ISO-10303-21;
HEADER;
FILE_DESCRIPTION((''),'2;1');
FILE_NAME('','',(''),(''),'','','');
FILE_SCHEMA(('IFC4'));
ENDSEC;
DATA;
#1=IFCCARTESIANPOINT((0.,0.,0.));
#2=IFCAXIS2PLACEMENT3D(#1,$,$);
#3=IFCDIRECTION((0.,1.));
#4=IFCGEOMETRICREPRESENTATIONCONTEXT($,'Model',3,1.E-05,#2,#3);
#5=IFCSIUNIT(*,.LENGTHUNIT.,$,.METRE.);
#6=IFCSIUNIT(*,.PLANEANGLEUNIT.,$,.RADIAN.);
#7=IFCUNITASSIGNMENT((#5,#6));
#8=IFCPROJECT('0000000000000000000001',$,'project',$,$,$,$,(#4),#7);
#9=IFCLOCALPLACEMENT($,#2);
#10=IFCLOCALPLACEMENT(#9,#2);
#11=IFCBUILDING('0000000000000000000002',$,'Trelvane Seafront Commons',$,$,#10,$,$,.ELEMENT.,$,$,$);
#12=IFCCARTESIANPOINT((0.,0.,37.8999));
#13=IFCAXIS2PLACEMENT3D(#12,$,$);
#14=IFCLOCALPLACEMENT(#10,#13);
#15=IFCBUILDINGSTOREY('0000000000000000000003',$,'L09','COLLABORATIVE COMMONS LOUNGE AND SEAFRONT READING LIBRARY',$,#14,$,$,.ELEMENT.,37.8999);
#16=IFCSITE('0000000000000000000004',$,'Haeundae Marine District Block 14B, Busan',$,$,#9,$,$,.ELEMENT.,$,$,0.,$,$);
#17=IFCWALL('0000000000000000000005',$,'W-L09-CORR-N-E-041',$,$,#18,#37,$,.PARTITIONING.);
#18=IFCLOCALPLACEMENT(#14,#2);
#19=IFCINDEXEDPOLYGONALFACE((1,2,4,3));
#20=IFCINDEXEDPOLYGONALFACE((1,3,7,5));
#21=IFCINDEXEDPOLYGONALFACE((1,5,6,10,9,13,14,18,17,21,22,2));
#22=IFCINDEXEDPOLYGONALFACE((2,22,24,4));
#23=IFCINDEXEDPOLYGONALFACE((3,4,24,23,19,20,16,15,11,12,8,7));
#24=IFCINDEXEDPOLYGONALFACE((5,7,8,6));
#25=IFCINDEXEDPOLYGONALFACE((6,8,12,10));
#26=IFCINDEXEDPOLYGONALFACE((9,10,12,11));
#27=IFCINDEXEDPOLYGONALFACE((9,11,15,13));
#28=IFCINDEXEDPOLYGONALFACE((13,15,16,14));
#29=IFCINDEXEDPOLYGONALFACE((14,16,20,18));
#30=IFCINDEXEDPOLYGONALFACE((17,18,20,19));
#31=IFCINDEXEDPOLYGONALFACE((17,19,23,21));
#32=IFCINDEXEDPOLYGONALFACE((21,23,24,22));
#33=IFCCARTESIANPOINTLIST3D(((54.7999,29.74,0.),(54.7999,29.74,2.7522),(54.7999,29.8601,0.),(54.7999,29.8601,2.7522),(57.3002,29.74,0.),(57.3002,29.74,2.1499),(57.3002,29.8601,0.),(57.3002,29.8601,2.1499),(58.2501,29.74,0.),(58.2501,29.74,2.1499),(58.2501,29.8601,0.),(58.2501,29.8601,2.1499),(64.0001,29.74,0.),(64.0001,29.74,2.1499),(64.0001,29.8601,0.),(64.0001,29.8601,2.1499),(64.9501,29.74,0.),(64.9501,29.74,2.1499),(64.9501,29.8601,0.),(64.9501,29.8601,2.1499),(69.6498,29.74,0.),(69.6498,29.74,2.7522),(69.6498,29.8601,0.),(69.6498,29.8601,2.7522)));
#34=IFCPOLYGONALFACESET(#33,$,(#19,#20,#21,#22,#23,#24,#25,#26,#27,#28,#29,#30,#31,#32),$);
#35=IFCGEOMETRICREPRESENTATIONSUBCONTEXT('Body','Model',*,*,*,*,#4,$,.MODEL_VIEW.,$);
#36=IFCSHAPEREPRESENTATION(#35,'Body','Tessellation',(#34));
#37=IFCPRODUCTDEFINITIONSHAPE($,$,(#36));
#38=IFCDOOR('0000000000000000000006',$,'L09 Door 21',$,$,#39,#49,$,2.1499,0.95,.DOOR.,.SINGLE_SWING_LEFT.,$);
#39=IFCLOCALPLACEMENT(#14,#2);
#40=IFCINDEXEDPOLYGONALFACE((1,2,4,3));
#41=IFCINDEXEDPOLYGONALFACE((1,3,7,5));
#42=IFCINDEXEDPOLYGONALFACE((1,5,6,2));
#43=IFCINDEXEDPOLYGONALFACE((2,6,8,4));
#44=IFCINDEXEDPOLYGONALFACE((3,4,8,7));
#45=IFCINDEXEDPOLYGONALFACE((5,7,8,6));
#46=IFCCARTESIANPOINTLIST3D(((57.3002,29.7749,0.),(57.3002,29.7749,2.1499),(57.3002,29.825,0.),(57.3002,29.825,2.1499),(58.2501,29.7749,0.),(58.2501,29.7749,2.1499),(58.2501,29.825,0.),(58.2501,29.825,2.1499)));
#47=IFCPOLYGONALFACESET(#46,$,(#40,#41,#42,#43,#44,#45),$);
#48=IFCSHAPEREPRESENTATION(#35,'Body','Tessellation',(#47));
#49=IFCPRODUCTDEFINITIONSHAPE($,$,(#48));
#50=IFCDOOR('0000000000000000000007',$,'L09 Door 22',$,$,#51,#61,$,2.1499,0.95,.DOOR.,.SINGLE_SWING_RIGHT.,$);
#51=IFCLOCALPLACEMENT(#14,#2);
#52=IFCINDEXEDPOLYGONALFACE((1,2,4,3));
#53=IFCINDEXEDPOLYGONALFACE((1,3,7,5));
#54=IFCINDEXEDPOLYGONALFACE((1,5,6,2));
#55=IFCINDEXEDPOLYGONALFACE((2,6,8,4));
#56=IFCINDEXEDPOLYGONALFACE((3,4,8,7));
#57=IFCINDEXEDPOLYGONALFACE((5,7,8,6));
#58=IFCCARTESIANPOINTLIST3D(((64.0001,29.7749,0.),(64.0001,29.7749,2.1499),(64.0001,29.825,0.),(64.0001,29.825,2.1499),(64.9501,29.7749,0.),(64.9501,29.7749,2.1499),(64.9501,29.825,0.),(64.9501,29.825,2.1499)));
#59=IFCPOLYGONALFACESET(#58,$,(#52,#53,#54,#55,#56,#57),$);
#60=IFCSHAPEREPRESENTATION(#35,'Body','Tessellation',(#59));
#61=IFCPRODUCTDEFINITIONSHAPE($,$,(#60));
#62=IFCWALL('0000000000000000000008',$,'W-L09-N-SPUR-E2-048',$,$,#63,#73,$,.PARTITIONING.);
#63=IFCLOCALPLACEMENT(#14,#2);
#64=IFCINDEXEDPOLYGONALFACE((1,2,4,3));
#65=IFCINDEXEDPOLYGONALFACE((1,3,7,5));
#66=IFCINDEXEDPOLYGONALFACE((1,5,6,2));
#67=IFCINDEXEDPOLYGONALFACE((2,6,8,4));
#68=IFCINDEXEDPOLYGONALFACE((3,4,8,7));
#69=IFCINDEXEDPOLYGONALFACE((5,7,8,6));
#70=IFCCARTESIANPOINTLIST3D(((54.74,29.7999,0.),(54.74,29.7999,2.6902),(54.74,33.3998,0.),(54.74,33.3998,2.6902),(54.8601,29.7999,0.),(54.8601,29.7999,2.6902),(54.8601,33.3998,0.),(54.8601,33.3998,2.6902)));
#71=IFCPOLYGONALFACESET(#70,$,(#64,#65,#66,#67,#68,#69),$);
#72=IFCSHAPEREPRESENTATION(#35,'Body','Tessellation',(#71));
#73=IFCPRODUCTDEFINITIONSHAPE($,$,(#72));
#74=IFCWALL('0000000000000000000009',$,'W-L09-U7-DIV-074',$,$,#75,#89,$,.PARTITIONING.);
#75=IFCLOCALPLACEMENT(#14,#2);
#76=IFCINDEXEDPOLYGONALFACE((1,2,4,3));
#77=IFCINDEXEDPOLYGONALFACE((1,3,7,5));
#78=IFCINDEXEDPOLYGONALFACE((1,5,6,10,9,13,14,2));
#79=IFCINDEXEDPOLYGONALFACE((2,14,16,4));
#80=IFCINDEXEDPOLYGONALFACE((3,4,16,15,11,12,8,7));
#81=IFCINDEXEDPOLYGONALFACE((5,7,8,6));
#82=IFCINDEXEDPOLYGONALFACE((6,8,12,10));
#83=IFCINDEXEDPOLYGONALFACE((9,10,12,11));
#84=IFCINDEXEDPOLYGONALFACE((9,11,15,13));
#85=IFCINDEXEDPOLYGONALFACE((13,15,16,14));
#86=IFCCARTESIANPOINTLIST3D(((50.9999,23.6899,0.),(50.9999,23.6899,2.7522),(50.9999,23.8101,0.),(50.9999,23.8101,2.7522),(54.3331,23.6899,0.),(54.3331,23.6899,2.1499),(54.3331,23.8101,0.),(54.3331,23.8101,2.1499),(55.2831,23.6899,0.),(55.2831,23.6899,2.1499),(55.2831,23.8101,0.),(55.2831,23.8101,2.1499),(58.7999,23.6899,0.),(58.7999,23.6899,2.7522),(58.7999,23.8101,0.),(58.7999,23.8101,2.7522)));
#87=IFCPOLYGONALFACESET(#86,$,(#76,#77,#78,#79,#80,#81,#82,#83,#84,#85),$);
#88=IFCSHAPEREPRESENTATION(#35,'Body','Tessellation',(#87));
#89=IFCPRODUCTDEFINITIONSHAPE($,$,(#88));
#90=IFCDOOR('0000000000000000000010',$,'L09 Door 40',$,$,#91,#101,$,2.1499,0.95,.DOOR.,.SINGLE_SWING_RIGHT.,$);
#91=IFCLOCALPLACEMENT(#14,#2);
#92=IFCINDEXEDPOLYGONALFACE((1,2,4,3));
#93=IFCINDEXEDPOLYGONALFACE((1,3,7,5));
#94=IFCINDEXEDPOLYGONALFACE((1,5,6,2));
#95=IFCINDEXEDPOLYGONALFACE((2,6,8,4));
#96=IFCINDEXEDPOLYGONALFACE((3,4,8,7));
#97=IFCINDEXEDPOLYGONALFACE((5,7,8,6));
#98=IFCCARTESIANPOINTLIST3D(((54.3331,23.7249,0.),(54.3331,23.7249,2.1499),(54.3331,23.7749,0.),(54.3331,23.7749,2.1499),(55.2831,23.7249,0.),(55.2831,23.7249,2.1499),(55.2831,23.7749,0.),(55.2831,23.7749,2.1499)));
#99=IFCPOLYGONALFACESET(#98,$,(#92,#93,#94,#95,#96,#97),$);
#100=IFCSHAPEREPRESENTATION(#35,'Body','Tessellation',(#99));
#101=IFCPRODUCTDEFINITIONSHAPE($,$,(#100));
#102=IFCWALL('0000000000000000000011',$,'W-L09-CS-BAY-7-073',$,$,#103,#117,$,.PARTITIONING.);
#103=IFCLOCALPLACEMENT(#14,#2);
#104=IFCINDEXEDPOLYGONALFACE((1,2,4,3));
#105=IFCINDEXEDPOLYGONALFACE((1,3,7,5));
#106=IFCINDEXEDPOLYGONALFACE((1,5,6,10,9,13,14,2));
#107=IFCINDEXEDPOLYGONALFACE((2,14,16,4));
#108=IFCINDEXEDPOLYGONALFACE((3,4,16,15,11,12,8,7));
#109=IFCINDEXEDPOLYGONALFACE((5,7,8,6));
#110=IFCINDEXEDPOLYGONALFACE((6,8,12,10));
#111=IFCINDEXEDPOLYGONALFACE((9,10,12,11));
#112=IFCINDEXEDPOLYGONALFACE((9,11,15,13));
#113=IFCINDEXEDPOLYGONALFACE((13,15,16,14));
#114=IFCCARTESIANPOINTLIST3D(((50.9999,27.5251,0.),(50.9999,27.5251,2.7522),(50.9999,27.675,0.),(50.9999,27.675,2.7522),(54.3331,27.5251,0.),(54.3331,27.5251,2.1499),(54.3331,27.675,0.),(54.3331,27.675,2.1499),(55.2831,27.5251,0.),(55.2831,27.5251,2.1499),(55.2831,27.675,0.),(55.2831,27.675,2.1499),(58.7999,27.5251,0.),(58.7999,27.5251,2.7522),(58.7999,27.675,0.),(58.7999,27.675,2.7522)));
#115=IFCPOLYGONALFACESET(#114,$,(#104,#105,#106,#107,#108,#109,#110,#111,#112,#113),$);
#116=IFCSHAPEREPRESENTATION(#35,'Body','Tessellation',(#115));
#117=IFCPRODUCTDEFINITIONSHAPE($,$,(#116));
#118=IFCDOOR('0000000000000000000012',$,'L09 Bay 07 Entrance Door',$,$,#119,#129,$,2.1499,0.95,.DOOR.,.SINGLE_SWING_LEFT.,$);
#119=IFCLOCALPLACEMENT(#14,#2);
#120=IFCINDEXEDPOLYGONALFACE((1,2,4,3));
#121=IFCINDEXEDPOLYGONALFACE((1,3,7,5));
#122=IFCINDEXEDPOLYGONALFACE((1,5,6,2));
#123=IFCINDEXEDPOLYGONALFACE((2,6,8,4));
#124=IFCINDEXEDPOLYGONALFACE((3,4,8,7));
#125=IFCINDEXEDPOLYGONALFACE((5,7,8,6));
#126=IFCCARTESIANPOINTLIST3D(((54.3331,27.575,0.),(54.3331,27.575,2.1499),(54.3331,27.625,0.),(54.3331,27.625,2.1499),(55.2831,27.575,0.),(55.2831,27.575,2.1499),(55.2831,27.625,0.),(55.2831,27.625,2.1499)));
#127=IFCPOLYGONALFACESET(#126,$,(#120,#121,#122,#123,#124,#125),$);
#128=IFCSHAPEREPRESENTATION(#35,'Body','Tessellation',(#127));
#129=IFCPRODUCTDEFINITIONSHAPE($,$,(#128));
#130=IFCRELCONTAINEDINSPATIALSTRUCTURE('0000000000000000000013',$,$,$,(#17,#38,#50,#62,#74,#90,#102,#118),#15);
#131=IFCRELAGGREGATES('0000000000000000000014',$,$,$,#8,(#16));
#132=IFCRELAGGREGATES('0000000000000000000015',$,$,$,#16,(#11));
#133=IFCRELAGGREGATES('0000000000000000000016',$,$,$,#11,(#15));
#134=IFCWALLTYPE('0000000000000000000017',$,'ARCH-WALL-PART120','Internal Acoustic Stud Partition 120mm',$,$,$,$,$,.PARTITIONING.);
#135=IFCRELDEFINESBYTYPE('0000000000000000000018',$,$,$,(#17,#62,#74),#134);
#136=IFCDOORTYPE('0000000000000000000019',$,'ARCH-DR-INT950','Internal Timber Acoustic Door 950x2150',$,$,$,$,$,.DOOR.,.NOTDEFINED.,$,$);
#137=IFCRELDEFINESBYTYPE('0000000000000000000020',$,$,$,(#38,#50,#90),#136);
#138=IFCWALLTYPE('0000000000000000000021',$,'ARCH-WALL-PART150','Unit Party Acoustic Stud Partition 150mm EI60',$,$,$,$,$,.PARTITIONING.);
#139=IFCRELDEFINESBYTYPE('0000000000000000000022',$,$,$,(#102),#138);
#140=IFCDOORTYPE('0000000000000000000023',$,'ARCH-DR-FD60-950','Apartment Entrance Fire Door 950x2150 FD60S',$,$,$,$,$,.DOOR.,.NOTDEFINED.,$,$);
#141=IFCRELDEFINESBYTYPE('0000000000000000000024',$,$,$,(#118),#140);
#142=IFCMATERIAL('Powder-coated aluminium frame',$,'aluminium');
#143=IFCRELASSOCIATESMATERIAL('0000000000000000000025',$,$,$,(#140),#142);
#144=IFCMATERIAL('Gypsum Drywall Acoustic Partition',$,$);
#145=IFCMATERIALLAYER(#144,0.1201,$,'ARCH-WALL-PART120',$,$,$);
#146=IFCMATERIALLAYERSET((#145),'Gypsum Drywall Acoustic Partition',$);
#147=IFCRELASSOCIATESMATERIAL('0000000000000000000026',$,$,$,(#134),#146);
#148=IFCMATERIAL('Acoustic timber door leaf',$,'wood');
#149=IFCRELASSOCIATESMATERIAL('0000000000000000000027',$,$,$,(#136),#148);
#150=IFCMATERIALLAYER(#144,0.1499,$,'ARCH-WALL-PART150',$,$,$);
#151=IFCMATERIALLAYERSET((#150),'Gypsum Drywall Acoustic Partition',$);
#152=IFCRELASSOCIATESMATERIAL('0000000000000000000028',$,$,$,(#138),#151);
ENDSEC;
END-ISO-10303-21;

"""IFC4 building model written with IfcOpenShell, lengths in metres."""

from ifc_helpers import new_model, si_unit, direction, frame, frame_2d, origin, place, context, subcontext, project, spatial, rectangle, extrude, source, transform, mapped, material, layer, layer_set, type_object, element, fill, save


model = new_model("IFC4")

# Units and contexts
model_context = context("Model", 3, precision=1e-05, world=origin(), true_north=direction((0.0, 1.0)))
body_context = subcontext(model_context, "Body", "Model", "MODEL_VIEW")
ifc_project = project(units=[si_unit("LENGTHUNIT", "METRE"), si_unit("PLANEANGLEUNIT", "RADIAN")], contexts=[model_context])

# Site, building, storey
site_placement = place(None, origin())
site = spatial("IfcSite", under=ifc_project, at=site_placement, Name="Haeundae Marine District Block 14B, Busan", CompositionType="ELEMENT", RefElevation=0.0)
building_placement = place(site_placement, origin())
building = spatial("IfcBuilding", under=site, at=building_placement, Name="Trelvane Seafront Commons", CompositionType="ELEMENT")
storey_placement = place(building_placement, frame((0.0, 0.0, 37.8999)))
storey = spatial("IfcBuildingStorey", under=building, at=storey_placement, Name="L09", Description="COLLABORATIVE COMMONS LOUNGE AND SEAFRONT READING LIBRARY", CompositionType="ELEMENT", Elevation=37.8999)

# Shared definitions
ifc_material_1 = material(Name="Powder-coated aluminium frame", Category="aluminium")
door_type_1 = type_object("IfcDoorType", Name="ARCH-DR-FD60-950", Description="Apartment Entrance Fire Door 950x2150 FD60S", OperationType="NOTDEFINED", PredefinedType="DOOR", material=ifc_material_1)
shared_shape_1 = source(origin(), body_context, "Body", "SweptSolid", [
    extrude(rectangle(XDim=0.95, YDim=2.1499, at=frame_2d((0.4751, 1.075))), frame((0.0, 0.0249, 0.0), z_axis=(0.0, -1.0, 0.0), x_axis=(1.0, 0.0, 0.0)), (0.0, 0.0, 1.0), 0.05),
])

# Wall, openings, doors
ifc_material_2 = material(Name="Gypsum Drywall Acoustic Partition")
ifc_layer_1 = layer(ifc_material_2, 0.1201, Name="ARCH-WALL-PART120")
ifc_layer_set_1 = layer_set([ifc_layer_1], Name="Gypsum Drywall Acoustic Partition")
wall_type_1 = type_object("IfcWallType", Name="ARCH-WALL-PART120", Description="Internal Acoustic Stud Partition 120mm", PredefinedType="PARTITIONING", material=ifc_layer_set_1)
ifc_material_3 = material(Name="Acoustic timber door leaf", Category="wood")
door_type_2 = type_object("IfcDoorType", Name="ARCH-DR-INT950", Description="Internal Timber Acoustic Door 950x2150", OperationType="NOTDEFINED", PredefinedType="DOOR", material=ifc_material_3)
wall_1_placement = place(storey_placement, frame((54.8, 29.8, 0.0), z_axis=(0.0, 0.0, 1.0), x_axis=(1.0, 0.0, 0.0)))
wall_1 = element("IfcWall", 1, at=wall_1_placement, inside=storey, type_object=wall_type_1, Name="W-L09-CORR-N-E-041", PredefinedType="PARTITIONING", context=body_context, shape_type="SweptSolid", body=[
    extrude(rectangle(XDim=14.8499, YDim=0.1201, at=frame_2d((7.4248, 0.0))), origin(), (0.0, 0.0, 1.0), 2.7522),
])
opening_1_placement = place(wall_1_placement, frame((2.5, 0.0, 0.0)))
opening_1 = element("IfcOpeningElement", 2, at=opening_1_placement, cuts=wall_1, PredefinedType="OPENING", context=body_context, shape_type="SweptSolid", body=[
    extrude(rectangle(XDim=0.95, YDim=2.1499, at=frame_2d((0.4751, 1.075))), frame((0.0, 0.0701, 0.0), z_axis=(0.0, -1.0, 0.0), x_axis=(1.0, 0.0, 0.0)), (0.0, 0.0, 1.0), 0.1401),
])
opening_2_placement = place(wall_1_placement, frame((9.2, 0.0, 0.0)))
opening_2 = element("IfcOpeningElement", 3, at=opening_2_placement, cuts=wall_1, PredefinedType="OPENING", context=body_context, shape_type="SweptSolid", body=[
    extrude(rectangle(XDim=0.95, YDim=2.1499, at=frame_2d((0.4751, 1.075))), frame((0.0, 0.0701, 0.0), z_axis=(0.0, -1.0, 0.0), x_axis=(1.0, 0.0, 0.0)), (0.0, 0.0, 1.0), 0.1401),
])
door_1_placement = place(opening_1_placement, origin())
door_1 = element("IfcDoor", 4, at=door_1_placement, inside=storey, type_object=door_type_2, Name="L09 Door 21", OperationType="SINGLE_SWING_LEFT", OverallHeight=2.1499, OverallWidth=0.95, PredefinedType="DOOR", context=body_context, shape_type="MappedRepresentation", body=[
    mapped(shared_shape_1, transform((0.0, 0.0, 0.0), x_axis=(1.0, 0.0, 0.0), y_axis=(0.0, 1.0, 0.0), z_axis=(0.0, 0.0, 1.0), scale=1.0)),
])
fill(opening_1, door_1)
door_2_placement = place(opening_2_placement, origin())
door_2 = element("IfcDoor", 5, at=door_2_placement, inside=storey, type_object=door_type_2, Name="L09 Door 22", OperationType="SINGLE_SWING_RIGHT", OverallHeight=2.1499, OverallWidth=0.95, PredefinedType="DOOR", context=body_context, shape_type="MappedRepresentation", body=[
    mapped(shared_shape_1, transform((0.0, 0.0, 0.0), x_axis=(1.0, 0.0, 0.0), y_axis=(0.0, 1.0, 0.0), z_axis=(0.0, 0.0, 1.0), scale=1.0)),
])
fill(opening_2, door_2)

# Wall
wall_2_placement = place(storey_placement, frame((54.8, 29.8, 0.0), z_axis=(0.0, 0.0, 1.0), x_axis=(0.0, 1.0, 0.0)))
element("IfcWall", 6, at=wall_2_placement, inside=storey, type_object=wall_type_1, Name="W-L09-N-SPUR-E2-048", PredefinedType="PARTITIONING", context=body_context, shape_type="SweptSolid", body=[
    extrude(rectangle(XDim=3.5999, YDim=0.1201, at=frame_2d((1.7998, 0.0))), origin(), (0.0, 0.0, 1.0), 2.6902),
])

# Walls, openings, doors
wall_3_placement = place(storey_placement, frame((51.0, 23.75, 0.0), z_axis=(0.0, 0.0, 1.0), x_axis=(1.0, 0.0, 0.0)))
wall_3 = element("IfcWall", 7, at=wall_3_placement, inside=storey, type_object=wall_type_1, Name="W-L09-U7-DIV-074", PredefinedType="PARTITIONING", context=body_context, shape_type="SweptSolid", body=[
    extrude(rectangle(XDim=7.8, YDim=0.1201, at=frame_2d((3.8999, 0.0))), origin(), (0.0, 0.0, 1.0), 2.7522),
])
opening_3_placement = place(wall_3_placement, frame((3.333, 0.0, 0.0)))
opening_3 = element("IfcOpeningElement", 8, at=opening_3_placement, cuts=wall_3, PredefinedType="OPENING", context=body_context, shape_type="SweptSolid", body=[
    extrude(rectangle(XDim=0.95, YDim=2.1499, at=frame_2d((0.4751, 1.075))), frame((0.0, 0.0701, 0.0), z_axis=(0.0, -1.0, 0.0), x_axis=(1.0, 0.0, 0.0)), (0.0, 0.0, 1.0), 0.1401),
])
door_3_placement = place(opening_3_placement, origin())
door_3 = element("IfcDoor", 9, at=door_3_placement, inside=storey, type_object=door_type_2, Name="L09 Door 40", OperationType="SINGLE_SWING_RIGHT", OverallHeight=2.1499, OverallWidth=0.95, PredefinedType="DOOR", context=body_context, shape_type="MappedRepresentation", body=[
    mapped(shared_shape_1, transform((0.0, 0.0, 0.0), x_axis=(1.0, 0.0, 0.0), y_axis=(0.0, 1.0, 0.0), z_axis=(0.0, 0.0, 1.0), scale=1.0)),
])
fill(opening_3, door_3)
ifc_layer_2 = layer(ifc_material_2, 0.1499, Name="ARCH-WALL-PART150")
ifc_layer_set_2 = layer_set([ifc_layer_2], Name="Gypsum Drywall Acoustic Partition")
wall_type_2 = type_object("IfcWallType", Name="ARCH-WALL-PART150", Description="Unit Party Acoustic Stud Partition 150mm EI60", PredefinedType="PARTITIONING", material=ifc_layer_set_2)
wall_4_placement = place(storey_placement, frame((51.0, 27.6001, 0.0), z_axis=(0.0, 0.0, 1.0), x_axis=(1.0, 0.0, 0.0)))
wall_4 = element("IfcWall", 10, at=wall_4_placement, inside=storey, type_object=wall_type_2, Name="W-L09-CS-BAY-7-073", PredefinedType="PARTITIONING", context=body_context, shape_type="SweptSolid", body=[
    extrude(rectangle(XDim=7.8, YDim=0.1499, at=frame_2d((3.8999, 0.0))), origin(), (0.0, 0.0, 1.0), 2.7522),
])
opening_4_placement = place(wall_4_placement, frame((3.333, 0.0, 0.0)))
opening_4 = element("IfcOpeningElement", 11, at=opening_4_placement, cuts=wall_4, PredefinedType="OPENING", context=body_context, shape_type="SweptSolid", body=[
    extrude(rectangle(XDim=0.95, YDim=2.1499, at=frame_2d((0.4751, 1.075))), frame((0.0, 0.085, 0.0), z_axis=(0.0, -1.0, 0.0), x_axis=(1.0, 0.0, 0.0)), (0.0, 0.0, 1.0), 0.1699),
])
door_4_placement = place(opening_4_placement, origin())
door_4 = element("IfcDoor", 12, at=door_4_placement, inside=storey, type_object=door_type_1, Name="L09 Bay 07 Entrance Door", OperationType="SINGLE_SWING_LEFT", OverallHeight=2.1499, OverallWidth=0.95, PredefinedType="DOOR", context=body_context, shape_type="MappedRepresentation", body=[
    mapped(shared_shape_1, transform((0.0, 0.0, 0.0), x_axis=(1.0, 0.0, 0.0), y_axis=(0.0, 1.0, 0.0), z_axis=(0.0, 0.0, 1.0), scale=1.0)),
])
fill(opening_4, door_4)

save(model, "model.ifc")
